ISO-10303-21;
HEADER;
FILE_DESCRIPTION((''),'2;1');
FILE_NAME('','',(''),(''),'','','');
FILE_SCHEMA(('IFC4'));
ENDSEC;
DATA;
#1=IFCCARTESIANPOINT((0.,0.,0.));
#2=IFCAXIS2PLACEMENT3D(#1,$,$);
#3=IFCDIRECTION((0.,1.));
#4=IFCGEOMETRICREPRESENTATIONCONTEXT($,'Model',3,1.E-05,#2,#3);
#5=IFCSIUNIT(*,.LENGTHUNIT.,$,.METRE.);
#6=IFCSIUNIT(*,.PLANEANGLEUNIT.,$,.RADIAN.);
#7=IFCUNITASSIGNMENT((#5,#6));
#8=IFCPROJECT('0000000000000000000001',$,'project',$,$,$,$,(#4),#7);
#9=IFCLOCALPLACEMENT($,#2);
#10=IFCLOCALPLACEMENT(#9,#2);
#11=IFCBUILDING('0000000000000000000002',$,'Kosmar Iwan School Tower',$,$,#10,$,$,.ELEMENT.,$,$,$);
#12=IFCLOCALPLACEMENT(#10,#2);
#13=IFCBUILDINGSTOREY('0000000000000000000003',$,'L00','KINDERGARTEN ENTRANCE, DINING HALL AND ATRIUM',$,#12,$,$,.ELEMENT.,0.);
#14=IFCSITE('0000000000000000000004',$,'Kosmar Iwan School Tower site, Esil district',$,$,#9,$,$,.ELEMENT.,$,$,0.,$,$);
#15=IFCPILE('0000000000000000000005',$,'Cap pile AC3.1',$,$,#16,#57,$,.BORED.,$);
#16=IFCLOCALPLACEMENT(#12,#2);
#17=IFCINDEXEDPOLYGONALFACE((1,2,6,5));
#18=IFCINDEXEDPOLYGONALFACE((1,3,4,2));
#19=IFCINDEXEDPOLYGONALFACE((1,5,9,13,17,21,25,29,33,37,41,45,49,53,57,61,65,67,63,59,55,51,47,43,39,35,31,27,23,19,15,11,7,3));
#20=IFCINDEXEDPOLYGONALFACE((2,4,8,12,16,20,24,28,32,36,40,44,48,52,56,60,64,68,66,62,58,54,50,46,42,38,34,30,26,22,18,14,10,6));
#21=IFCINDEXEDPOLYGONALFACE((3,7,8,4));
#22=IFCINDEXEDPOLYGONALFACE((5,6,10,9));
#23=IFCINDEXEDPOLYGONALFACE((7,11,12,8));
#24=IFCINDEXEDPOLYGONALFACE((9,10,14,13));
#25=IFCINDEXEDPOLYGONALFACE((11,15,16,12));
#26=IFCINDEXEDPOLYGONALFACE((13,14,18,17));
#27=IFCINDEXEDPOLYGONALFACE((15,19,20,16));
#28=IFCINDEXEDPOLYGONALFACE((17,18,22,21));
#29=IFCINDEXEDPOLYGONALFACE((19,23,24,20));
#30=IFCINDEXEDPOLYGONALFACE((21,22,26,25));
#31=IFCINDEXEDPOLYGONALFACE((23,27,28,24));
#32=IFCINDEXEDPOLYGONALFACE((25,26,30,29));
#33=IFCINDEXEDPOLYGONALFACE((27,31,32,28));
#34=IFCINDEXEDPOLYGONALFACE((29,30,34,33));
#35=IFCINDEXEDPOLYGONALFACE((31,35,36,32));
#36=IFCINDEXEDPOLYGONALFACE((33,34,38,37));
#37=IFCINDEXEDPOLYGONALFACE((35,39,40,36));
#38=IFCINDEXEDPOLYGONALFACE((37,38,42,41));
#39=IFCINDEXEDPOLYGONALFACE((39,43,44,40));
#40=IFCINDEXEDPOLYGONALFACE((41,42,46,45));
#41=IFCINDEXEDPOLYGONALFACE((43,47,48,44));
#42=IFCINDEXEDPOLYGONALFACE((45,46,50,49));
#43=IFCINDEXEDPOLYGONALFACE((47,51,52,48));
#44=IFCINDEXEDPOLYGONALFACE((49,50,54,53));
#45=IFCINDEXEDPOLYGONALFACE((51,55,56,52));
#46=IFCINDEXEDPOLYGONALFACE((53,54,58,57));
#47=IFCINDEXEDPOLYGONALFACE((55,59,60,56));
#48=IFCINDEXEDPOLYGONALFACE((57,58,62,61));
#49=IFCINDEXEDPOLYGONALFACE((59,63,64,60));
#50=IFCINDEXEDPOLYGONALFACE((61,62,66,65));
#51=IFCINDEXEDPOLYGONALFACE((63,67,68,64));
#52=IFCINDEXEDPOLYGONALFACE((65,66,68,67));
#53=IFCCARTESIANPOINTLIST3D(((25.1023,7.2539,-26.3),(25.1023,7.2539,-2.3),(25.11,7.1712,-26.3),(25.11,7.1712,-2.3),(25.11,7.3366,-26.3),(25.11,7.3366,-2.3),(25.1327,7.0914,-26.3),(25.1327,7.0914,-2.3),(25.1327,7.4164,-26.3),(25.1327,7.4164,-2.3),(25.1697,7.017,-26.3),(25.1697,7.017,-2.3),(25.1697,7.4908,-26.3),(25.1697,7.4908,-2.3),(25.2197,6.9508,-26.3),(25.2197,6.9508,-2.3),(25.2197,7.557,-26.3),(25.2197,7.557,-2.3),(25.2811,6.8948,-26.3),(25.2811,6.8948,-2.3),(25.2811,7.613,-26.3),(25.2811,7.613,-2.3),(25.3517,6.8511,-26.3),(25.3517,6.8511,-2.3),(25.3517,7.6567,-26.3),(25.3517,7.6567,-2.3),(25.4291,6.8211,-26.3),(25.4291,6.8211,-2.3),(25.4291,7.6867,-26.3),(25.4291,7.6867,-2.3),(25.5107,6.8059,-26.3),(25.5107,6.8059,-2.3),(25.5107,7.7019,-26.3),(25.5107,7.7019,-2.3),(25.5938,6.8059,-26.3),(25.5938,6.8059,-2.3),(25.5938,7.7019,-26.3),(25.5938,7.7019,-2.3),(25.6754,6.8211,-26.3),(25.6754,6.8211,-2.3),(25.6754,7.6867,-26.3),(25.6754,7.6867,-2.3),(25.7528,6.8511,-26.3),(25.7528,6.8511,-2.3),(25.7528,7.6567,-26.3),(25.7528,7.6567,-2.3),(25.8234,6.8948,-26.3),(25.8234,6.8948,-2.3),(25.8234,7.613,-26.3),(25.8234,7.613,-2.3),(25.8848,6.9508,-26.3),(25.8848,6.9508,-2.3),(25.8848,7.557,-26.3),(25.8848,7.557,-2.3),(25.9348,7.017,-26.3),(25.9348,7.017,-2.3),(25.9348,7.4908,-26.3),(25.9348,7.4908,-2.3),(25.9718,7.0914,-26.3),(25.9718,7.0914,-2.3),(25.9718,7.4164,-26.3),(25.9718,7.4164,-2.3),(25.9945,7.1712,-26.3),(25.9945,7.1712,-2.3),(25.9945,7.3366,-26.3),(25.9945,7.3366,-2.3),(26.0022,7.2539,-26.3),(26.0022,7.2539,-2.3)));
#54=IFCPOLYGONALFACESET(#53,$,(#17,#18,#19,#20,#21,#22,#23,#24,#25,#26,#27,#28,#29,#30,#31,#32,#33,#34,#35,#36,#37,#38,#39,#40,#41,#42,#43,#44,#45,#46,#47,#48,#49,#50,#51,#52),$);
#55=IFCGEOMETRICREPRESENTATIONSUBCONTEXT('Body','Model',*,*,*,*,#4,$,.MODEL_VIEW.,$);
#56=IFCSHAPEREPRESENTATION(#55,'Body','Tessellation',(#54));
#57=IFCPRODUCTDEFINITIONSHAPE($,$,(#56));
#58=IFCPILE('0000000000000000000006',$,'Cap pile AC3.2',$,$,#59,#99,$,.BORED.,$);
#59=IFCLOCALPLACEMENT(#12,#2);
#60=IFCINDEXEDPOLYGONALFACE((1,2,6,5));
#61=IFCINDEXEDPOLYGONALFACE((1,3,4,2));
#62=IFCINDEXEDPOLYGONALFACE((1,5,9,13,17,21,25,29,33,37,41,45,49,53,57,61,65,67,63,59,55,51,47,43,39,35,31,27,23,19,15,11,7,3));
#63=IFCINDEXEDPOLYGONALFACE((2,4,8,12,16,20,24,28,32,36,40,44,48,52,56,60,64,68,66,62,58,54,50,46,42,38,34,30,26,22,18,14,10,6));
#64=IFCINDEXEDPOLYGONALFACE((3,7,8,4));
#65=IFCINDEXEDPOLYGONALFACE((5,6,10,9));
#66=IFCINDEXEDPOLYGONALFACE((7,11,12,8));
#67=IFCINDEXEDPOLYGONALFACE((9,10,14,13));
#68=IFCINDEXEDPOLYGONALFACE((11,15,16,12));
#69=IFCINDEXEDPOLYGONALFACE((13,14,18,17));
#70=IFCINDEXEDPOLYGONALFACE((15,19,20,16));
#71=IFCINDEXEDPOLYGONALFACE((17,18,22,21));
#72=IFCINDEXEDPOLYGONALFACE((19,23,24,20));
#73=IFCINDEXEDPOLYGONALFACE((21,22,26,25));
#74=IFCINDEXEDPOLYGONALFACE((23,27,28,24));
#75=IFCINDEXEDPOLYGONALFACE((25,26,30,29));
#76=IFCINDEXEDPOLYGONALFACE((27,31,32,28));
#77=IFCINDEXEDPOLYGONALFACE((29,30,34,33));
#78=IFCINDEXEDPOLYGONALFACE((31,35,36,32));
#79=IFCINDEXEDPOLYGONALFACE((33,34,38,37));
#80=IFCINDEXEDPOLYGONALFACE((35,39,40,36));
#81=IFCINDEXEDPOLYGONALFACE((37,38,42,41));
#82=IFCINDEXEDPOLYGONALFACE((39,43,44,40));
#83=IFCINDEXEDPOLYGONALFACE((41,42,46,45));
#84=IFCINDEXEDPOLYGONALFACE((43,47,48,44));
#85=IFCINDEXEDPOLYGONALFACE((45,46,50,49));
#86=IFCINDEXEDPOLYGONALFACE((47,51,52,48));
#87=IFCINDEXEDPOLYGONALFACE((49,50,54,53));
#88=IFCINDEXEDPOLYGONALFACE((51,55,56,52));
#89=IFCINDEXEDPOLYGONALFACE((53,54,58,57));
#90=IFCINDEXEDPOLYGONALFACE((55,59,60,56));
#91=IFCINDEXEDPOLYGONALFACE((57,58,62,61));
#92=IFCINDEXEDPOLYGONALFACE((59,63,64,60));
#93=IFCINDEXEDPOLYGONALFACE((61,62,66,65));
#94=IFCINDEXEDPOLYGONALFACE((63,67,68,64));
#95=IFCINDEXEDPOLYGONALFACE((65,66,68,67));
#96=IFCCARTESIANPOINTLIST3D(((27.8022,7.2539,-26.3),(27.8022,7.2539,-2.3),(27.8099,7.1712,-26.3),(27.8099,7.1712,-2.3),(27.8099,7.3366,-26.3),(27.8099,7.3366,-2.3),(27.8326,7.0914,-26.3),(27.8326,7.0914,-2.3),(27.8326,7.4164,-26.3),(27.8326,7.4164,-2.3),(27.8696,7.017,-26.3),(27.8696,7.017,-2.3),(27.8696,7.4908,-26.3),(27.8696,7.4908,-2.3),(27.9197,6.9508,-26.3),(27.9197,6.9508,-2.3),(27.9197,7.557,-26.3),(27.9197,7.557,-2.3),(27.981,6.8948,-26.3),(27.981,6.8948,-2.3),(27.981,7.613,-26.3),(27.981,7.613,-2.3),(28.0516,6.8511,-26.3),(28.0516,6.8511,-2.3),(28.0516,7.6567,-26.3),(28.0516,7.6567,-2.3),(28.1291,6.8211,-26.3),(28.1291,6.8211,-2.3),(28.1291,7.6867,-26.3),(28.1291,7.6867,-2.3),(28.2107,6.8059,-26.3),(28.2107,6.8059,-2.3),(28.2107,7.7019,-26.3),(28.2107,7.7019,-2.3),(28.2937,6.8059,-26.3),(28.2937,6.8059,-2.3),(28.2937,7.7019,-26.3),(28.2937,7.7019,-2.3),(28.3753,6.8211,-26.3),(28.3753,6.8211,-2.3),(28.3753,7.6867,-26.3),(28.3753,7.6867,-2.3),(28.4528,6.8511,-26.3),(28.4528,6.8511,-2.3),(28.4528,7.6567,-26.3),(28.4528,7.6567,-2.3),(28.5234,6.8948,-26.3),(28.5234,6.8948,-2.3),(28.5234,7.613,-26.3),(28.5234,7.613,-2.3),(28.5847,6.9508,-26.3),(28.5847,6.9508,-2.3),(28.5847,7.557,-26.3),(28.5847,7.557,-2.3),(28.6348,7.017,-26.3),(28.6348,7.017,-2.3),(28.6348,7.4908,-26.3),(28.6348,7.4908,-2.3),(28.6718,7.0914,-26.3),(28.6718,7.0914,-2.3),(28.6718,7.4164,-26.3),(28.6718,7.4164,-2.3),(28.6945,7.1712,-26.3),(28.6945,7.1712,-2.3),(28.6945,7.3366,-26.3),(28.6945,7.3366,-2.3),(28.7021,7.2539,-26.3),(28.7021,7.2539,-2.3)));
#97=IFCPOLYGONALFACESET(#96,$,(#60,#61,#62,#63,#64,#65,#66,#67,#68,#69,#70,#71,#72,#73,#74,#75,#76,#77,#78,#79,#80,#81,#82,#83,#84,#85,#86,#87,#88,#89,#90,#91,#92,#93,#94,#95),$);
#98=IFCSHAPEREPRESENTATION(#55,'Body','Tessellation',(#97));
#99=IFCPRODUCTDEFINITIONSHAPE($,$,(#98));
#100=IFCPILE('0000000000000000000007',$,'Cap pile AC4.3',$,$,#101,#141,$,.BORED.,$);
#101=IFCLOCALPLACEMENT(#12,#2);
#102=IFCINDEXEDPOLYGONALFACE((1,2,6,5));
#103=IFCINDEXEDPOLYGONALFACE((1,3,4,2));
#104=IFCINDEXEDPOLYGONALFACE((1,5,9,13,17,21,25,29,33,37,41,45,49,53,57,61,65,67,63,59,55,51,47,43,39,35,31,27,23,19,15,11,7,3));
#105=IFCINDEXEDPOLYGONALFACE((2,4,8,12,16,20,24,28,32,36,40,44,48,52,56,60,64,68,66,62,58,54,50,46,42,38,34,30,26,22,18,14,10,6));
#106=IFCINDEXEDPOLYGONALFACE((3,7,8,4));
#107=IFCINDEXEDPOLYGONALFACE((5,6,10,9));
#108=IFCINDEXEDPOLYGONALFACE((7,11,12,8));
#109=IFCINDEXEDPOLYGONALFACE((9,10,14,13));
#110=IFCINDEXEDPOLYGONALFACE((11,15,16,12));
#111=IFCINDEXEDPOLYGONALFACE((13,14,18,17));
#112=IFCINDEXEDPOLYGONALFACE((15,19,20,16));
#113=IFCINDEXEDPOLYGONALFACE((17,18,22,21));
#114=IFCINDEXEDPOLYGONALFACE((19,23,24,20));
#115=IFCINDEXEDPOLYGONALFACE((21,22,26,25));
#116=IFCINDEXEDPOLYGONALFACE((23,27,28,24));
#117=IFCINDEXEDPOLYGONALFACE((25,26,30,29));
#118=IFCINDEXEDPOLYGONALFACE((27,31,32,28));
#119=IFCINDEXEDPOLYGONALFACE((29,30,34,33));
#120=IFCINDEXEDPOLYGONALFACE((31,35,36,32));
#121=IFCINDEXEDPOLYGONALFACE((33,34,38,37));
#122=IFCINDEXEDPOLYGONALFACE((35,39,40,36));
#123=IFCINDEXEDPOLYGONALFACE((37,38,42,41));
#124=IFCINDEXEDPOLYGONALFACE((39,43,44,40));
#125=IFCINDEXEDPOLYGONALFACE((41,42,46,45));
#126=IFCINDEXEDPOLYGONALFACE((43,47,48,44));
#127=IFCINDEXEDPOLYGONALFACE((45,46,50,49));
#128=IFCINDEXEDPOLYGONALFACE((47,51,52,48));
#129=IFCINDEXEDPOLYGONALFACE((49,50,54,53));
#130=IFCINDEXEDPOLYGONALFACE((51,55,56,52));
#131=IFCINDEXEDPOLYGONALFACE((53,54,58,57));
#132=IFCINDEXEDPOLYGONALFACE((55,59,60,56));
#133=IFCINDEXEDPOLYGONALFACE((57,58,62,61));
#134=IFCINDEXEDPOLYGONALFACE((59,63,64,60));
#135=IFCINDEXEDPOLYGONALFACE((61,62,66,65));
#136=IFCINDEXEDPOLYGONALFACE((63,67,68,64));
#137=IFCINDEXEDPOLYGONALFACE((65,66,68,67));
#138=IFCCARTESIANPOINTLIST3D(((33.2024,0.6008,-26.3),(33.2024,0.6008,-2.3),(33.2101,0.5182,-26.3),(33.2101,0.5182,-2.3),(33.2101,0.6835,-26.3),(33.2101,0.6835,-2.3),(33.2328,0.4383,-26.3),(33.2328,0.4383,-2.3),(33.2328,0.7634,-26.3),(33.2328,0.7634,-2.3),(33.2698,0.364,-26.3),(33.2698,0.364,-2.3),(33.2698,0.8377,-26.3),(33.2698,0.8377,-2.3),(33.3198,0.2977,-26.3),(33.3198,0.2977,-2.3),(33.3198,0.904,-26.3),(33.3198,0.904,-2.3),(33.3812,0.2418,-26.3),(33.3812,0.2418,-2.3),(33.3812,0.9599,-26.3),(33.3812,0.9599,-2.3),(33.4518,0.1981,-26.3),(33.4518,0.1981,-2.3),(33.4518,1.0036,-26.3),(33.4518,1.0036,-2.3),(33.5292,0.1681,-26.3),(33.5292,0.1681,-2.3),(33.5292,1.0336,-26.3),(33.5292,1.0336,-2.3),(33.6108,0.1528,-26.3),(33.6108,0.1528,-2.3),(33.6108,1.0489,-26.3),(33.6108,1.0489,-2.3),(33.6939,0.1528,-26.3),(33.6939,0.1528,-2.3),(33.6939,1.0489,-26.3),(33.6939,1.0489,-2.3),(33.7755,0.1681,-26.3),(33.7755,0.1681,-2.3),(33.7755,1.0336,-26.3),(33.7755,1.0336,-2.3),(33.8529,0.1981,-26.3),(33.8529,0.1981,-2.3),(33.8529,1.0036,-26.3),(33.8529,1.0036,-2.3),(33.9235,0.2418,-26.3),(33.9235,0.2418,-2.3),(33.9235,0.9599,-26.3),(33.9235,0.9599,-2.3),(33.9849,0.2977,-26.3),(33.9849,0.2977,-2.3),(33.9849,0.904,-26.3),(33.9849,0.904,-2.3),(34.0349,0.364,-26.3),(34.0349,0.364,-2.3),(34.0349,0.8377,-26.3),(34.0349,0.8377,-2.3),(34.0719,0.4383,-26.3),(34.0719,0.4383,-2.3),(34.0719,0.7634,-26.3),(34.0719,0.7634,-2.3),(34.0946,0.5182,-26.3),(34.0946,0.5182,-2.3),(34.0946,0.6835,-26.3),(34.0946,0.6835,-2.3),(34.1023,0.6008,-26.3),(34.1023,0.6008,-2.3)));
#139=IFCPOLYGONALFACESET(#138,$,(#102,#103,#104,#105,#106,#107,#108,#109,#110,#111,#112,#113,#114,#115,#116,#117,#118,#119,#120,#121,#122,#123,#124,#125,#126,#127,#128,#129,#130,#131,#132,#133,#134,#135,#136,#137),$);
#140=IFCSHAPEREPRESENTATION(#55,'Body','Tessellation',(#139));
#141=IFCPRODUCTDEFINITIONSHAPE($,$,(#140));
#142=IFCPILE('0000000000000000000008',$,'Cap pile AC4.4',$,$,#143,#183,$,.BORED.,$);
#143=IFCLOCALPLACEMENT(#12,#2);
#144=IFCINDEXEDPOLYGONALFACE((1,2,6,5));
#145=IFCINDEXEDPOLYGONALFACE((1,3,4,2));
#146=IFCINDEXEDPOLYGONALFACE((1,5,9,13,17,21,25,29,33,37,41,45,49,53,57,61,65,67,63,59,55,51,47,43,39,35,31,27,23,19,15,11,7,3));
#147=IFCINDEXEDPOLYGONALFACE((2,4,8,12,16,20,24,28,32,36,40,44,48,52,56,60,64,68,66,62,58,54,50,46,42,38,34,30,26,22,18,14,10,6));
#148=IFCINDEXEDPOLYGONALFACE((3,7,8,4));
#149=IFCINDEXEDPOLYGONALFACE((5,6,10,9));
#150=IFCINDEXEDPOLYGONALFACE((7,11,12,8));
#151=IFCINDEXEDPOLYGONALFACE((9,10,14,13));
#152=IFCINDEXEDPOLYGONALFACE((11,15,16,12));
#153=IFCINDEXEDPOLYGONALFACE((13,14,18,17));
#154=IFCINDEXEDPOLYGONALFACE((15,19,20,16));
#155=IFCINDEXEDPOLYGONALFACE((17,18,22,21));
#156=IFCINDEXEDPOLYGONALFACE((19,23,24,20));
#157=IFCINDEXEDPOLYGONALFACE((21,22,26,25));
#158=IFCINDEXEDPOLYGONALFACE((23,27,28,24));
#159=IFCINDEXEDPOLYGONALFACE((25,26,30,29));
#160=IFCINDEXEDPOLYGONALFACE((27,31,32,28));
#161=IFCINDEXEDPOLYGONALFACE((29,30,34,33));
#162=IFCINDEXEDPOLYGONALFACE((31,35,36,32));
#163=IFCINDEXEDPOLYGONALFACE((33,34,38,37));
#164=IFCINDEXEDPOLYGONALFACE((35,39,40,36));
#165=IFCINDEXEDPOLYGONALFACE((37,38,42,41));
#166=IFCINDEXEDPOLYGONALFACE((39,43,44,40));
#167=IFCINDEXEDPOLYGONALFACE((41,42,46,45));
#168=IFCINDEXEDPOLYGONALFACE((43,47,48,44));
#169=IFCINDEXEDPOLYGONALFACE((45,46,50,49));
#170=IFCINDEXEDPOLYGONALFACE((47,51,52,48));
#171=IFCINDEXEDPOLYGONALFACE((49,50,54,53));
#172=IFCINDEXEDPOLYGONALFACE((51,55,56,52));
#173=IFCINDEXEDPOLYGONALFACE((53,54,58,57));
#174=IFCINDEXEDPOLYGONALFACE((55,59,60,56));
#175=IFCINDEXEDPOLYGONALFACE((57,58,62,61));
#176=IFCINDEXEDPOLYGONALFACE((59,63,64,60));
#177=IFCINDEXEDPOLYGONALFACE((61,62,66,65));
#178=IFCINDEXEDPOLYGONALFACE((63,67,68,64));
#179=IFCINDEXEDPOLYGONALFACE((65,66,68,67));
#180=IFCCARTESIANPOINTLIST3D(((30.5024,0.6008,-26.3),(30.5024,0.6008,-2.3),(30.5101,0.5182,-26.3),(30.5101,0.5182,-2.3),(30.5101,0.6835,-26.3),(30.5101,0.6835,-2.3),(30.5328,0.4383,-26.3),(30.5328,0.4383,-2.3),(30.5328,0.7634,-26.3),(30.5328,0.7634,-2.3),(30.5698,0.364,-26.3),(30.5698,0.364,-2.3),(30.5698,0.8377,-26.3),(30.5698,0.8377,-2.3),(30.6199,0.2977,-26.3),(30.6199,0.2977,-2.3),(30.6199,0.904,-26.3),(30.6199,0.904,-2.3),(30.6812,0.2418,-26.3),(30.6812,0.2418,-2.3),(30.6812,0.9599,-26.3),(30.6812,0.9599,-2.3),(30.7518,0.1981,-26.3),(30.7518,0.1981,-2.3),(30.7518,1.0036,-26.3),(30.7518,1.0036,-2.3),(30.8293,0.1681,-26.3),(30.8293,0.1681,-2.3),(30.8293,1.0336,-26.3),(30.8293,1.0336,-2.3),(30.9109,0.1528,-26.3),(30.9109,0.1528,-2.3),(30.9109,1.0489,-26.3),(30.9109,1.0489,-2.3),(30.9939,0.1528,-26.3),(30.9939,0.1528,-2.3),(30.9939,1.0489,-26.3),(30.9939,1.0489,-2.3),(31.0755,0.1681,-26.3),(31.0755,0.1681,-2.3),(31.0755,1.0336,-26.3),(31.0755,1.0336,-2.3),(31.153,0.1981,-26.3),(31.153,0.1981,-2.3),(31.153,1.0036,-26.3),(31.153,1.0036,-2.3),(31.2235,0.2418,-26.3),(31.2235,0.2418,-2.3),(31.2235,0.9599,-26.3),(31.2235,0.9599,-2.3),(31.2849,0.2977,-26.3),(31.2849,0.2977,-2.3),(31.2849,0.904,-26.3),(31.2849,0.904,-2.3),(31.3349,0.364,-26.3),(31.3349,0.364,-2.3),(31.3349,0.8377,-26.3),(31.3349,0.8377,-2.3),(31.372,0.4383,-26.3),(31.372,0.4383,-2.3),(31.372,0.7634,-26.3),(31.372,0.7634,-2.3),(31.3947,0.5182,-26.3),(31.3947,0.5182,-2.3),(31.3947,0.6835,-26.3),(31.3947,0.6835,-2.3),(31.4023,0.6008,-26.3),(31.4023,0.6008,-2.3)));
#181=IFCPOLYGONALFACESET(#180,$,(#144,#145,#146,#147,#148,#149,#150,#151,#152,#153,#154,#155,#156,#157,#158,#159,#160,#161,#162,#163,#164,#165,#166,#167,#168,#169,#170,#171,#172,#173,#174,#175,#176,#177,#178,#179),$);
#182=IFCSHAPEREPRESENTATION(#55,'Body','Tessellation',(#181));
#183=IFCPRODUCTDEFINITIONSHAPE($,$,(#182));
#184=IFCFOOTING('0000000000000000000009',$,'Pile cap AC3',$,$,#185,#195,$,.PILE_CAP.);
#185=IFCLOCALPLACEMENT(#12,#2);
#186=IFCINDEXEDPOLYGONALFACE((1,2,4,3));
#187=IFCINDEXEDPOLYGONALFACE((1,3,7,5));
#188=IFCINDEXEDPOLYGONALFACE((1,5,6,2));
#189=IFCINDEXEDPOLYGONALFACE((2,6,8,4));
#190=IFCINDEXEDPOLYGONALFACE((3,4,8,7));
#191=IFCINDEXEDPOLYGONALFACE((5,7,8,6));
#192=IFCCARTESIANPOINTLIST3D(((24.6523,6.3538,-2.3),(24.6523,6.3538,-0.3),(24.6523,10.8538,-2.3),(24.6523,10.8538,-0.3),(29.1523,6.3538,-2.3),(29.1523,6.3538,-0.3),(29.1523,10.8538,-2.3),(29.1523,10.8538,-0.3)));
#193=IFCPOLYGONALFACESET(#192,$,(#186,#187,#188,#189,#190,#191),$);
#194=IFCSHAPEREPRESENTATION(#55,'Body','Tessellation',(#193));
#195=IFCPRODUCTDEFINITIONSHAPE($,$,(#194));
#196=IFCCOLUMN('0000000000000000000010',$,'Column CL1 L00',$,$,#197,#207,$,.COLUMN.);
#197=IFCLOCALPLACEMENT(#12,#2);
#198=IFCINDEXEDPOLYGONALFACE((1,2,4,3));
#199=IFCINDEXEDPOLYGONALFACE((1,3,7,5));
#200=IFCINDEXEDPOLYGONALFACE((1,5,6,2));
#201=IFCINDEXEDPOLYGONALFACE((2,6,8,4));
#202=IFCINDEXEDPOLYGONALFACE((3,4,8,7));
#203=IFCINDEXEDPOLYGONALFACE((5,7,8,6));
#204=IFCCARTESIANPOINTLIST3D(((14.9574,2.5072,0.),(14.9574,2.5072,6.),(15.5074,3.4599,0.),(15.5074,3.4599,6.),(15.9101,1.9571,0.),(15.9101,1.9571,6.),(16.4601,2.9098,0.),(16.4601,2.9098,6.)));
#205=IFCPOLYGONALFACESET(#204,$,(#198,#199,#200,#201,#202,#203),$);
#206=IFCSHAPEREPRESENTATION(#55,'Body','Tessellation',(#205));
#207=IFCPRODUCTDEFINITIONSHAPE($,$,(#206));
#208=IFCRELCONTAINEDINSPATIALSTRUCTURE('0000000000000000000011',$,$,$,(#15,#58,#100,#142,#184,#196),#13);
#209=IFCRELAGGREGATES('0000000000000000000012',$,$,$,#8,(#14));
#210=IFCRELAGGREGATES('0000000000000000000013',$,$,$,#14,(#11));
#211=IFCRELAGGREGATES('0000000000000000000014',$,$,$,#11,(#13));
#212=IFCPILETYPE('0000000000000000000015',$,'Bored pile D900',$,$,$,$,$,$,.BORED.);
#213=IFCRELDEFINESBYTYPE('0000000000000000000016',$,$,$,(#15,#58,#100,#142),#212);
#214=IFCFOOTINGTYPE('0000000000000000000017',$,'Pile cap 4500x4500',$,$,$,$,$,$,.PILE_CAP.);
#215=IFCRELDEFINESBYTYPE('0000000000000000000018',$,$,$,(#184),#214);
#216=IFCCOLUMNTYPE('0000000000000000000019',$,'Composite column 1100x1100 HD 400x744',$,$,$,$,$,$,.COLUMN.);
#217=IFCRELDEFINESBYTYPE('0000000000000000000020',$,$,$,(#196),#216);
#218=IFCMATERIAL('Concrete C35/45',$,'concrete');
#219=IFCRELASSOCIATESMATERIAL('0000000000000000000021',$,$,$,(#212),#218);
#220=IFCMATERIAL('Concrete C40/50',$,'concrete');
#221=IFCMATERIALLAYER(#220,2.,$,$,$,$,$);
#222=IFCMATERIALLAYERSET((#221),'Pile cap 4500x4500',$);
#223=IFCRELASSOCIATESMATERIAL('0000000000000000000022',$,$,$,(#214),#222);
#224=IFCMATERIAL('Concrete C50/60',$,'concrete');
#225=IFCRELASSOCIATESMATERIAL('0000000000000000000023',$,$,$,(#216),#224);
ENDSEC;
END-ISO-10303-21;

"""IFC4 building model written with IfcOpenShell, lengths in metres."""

from ifc_helpers import new_model, si_unit, direction, frame, origin, origin_2d, place, context, subcontext, project, spatial, rectangle, circle, extrude, material, layer, layer_set, material_profile, profile_set, type_object, element, save


model = new_model("IFC4")

# Units and contexts
model_context = context("Model", 3, precision=1e-05, world=origin(), true_north=direction((0.0, 1.0)))
body_context = subcontext(model_context, "Body", "Model", "MODEL_VIEW")
ifc_project = project(units=[si_unit("LENGTHUNIT", "METRE"), si_unit("PLANEANGLEUNIT", "RADIAN")], contexts=[model_context])

# Site, building, storey
site_placement = place(None, origin())
site = spatial("IfcSite", under=ifc_project, at=site_placement, Name="Kosmar Iwan School Tower site, Esil district", CompositionType="ELEMENT", RefElevation=0.0)
building_placement = place(site_placement, origin())
building = spatial("IfcBuilding", under=site, at=building_placement, Name="Kosmar Iwan School Tower", CompositionType="ELEMENT")
storey_placement = place(building_placement, origin())
storey = spatial("IfcBuildingStorey", under=building, at=storey_placement, Name="L00", Description="KINDERGARTEN ENTRANCE, DINING HALL AND ATRIUM", CompositionType="ELEMENT", Elevation=0.0)

# Piles
ifc_material_1 = material(Name="Concrete C35/45", Category="concrete")
ifc_material_profile_1 = material_profile(ifc_material_1, circle(Radius=0.45, at=origin_2d()), Name="D900")
ifc_profile_set_1 = profile_set([ifc_material_profile_1], Name="Concrete C35/45")
pile_type_1 = type_object("IfcPileType", Name="Bored pile D900", PredefinedType="BORED", material=ifc_profile_set_1)
for number, where, z_axis, x_axis, name in (
    (1, (25.5522, 7.2539, -2.3), (0.0, 0.0, -1.0), (1.0, 0.0, 0.0), "Cap pile AC3.1"),
    (2, (28.2522, 7.2539, -2.3), (0.0, 0.0, -1.0), (1.0, 0.0, 0.0), "Cap pile AC3.2"),
    (3, (33.6523, 0.6008, -2.3), (0.0, 0.0, -1.0), (1.0, 0.0, 0.0), "Cap pile AC4.3"),
    (4, (30.9524, 0.6008, -2.3), (0.0, 0.0, -1.0), (1.0, 0.0, 0.0), "Cap pile AC4.4"),
):
    element("IfcPile", number, at=place(storey_placement, frame(where, z_axis=z_axis, x_axis=x_axis)), inside=storey, type_object=pile_type_1, Name=name, PredefinedType="BORED", context=body_context, shape_type="SweptSolid", body=[
        extrude(circle(Radius=0.45, at=origin_2d()), origin(), (0.0, 0.0, 1.0), 24.0),
    ])

# Footing
ifc_material_2 = material(Name="Concrete C40/50", Category="concrete")
ifc_layer_1 = layer(ifc_material_2, 2.0)
ifc_layer_set_1 = layer_set([ifc_layer_1], Name="Pile cap 4500x4500")
footing_type = type_object("IfcFootingType", Name="Pile cap 4500x4500", PredefinedType="PILE_CAP", material=ifc_layer_set_1)
footing_placement = place(storey_placement, frame((26.9023, 8.6038, -2.3), z_axis=(0.0, 0.0, 1.0), x_axis=(1.0, 0.0, 0.0)))
element("IfcFooting", 5, at=footing_placement, inside=storey, type_object=footing_type, Name="Pile cap AC3", PredefinedType="PILE_CAP", context=body_context, shape_type="SweptSolid", body=[
    extrude(rectangle(XDim=4.5, YDim=4.5, at=origin_2d()), origin(), (0.0, 0.0, 1.0), 2.0),
])

# Column
ifc_material_3 = material(Name="Concrete C50/60", Category="concrete")
ifc_material_profile_2 = material_profile(ifc_material_3, rectangle(XDim=1.1001, YDim=1.1001, at=origin_2d()), Name="RC 1100x1100 + HD 400x744")
ifc_profile_set_2 = profile_set([ifc_material_profile_2], Name="Concrete C50/60")
column_type_1 = type_object("IfcColumnType", Name="Composite column 1100x1100 HD 400x744", PredefinedType="COLUMN", material=ifc_profile_set_2)
column_1_placement = place(storey_placement, frame((15.7087, 2.7085, 0.0), z_axis=(0.0, 0.0, 1.0), x_axis=(0.866025, -0.5, 0.0)))
element("IfcColumn", 6, at=column_1_placement, inside=storey, type_object=column_type_1, Name="Column CL1 L00", PredefinedType="COLUMN", context=body_context, shape_type="SweptSolid", body=[
    extrude(rectangle(XDim=1.1001, YDim=1.1001, at=origin_2d()), origin(), (0.0, 0.0, 1.0), 6.0),
])

save(model, "model.ifc")
